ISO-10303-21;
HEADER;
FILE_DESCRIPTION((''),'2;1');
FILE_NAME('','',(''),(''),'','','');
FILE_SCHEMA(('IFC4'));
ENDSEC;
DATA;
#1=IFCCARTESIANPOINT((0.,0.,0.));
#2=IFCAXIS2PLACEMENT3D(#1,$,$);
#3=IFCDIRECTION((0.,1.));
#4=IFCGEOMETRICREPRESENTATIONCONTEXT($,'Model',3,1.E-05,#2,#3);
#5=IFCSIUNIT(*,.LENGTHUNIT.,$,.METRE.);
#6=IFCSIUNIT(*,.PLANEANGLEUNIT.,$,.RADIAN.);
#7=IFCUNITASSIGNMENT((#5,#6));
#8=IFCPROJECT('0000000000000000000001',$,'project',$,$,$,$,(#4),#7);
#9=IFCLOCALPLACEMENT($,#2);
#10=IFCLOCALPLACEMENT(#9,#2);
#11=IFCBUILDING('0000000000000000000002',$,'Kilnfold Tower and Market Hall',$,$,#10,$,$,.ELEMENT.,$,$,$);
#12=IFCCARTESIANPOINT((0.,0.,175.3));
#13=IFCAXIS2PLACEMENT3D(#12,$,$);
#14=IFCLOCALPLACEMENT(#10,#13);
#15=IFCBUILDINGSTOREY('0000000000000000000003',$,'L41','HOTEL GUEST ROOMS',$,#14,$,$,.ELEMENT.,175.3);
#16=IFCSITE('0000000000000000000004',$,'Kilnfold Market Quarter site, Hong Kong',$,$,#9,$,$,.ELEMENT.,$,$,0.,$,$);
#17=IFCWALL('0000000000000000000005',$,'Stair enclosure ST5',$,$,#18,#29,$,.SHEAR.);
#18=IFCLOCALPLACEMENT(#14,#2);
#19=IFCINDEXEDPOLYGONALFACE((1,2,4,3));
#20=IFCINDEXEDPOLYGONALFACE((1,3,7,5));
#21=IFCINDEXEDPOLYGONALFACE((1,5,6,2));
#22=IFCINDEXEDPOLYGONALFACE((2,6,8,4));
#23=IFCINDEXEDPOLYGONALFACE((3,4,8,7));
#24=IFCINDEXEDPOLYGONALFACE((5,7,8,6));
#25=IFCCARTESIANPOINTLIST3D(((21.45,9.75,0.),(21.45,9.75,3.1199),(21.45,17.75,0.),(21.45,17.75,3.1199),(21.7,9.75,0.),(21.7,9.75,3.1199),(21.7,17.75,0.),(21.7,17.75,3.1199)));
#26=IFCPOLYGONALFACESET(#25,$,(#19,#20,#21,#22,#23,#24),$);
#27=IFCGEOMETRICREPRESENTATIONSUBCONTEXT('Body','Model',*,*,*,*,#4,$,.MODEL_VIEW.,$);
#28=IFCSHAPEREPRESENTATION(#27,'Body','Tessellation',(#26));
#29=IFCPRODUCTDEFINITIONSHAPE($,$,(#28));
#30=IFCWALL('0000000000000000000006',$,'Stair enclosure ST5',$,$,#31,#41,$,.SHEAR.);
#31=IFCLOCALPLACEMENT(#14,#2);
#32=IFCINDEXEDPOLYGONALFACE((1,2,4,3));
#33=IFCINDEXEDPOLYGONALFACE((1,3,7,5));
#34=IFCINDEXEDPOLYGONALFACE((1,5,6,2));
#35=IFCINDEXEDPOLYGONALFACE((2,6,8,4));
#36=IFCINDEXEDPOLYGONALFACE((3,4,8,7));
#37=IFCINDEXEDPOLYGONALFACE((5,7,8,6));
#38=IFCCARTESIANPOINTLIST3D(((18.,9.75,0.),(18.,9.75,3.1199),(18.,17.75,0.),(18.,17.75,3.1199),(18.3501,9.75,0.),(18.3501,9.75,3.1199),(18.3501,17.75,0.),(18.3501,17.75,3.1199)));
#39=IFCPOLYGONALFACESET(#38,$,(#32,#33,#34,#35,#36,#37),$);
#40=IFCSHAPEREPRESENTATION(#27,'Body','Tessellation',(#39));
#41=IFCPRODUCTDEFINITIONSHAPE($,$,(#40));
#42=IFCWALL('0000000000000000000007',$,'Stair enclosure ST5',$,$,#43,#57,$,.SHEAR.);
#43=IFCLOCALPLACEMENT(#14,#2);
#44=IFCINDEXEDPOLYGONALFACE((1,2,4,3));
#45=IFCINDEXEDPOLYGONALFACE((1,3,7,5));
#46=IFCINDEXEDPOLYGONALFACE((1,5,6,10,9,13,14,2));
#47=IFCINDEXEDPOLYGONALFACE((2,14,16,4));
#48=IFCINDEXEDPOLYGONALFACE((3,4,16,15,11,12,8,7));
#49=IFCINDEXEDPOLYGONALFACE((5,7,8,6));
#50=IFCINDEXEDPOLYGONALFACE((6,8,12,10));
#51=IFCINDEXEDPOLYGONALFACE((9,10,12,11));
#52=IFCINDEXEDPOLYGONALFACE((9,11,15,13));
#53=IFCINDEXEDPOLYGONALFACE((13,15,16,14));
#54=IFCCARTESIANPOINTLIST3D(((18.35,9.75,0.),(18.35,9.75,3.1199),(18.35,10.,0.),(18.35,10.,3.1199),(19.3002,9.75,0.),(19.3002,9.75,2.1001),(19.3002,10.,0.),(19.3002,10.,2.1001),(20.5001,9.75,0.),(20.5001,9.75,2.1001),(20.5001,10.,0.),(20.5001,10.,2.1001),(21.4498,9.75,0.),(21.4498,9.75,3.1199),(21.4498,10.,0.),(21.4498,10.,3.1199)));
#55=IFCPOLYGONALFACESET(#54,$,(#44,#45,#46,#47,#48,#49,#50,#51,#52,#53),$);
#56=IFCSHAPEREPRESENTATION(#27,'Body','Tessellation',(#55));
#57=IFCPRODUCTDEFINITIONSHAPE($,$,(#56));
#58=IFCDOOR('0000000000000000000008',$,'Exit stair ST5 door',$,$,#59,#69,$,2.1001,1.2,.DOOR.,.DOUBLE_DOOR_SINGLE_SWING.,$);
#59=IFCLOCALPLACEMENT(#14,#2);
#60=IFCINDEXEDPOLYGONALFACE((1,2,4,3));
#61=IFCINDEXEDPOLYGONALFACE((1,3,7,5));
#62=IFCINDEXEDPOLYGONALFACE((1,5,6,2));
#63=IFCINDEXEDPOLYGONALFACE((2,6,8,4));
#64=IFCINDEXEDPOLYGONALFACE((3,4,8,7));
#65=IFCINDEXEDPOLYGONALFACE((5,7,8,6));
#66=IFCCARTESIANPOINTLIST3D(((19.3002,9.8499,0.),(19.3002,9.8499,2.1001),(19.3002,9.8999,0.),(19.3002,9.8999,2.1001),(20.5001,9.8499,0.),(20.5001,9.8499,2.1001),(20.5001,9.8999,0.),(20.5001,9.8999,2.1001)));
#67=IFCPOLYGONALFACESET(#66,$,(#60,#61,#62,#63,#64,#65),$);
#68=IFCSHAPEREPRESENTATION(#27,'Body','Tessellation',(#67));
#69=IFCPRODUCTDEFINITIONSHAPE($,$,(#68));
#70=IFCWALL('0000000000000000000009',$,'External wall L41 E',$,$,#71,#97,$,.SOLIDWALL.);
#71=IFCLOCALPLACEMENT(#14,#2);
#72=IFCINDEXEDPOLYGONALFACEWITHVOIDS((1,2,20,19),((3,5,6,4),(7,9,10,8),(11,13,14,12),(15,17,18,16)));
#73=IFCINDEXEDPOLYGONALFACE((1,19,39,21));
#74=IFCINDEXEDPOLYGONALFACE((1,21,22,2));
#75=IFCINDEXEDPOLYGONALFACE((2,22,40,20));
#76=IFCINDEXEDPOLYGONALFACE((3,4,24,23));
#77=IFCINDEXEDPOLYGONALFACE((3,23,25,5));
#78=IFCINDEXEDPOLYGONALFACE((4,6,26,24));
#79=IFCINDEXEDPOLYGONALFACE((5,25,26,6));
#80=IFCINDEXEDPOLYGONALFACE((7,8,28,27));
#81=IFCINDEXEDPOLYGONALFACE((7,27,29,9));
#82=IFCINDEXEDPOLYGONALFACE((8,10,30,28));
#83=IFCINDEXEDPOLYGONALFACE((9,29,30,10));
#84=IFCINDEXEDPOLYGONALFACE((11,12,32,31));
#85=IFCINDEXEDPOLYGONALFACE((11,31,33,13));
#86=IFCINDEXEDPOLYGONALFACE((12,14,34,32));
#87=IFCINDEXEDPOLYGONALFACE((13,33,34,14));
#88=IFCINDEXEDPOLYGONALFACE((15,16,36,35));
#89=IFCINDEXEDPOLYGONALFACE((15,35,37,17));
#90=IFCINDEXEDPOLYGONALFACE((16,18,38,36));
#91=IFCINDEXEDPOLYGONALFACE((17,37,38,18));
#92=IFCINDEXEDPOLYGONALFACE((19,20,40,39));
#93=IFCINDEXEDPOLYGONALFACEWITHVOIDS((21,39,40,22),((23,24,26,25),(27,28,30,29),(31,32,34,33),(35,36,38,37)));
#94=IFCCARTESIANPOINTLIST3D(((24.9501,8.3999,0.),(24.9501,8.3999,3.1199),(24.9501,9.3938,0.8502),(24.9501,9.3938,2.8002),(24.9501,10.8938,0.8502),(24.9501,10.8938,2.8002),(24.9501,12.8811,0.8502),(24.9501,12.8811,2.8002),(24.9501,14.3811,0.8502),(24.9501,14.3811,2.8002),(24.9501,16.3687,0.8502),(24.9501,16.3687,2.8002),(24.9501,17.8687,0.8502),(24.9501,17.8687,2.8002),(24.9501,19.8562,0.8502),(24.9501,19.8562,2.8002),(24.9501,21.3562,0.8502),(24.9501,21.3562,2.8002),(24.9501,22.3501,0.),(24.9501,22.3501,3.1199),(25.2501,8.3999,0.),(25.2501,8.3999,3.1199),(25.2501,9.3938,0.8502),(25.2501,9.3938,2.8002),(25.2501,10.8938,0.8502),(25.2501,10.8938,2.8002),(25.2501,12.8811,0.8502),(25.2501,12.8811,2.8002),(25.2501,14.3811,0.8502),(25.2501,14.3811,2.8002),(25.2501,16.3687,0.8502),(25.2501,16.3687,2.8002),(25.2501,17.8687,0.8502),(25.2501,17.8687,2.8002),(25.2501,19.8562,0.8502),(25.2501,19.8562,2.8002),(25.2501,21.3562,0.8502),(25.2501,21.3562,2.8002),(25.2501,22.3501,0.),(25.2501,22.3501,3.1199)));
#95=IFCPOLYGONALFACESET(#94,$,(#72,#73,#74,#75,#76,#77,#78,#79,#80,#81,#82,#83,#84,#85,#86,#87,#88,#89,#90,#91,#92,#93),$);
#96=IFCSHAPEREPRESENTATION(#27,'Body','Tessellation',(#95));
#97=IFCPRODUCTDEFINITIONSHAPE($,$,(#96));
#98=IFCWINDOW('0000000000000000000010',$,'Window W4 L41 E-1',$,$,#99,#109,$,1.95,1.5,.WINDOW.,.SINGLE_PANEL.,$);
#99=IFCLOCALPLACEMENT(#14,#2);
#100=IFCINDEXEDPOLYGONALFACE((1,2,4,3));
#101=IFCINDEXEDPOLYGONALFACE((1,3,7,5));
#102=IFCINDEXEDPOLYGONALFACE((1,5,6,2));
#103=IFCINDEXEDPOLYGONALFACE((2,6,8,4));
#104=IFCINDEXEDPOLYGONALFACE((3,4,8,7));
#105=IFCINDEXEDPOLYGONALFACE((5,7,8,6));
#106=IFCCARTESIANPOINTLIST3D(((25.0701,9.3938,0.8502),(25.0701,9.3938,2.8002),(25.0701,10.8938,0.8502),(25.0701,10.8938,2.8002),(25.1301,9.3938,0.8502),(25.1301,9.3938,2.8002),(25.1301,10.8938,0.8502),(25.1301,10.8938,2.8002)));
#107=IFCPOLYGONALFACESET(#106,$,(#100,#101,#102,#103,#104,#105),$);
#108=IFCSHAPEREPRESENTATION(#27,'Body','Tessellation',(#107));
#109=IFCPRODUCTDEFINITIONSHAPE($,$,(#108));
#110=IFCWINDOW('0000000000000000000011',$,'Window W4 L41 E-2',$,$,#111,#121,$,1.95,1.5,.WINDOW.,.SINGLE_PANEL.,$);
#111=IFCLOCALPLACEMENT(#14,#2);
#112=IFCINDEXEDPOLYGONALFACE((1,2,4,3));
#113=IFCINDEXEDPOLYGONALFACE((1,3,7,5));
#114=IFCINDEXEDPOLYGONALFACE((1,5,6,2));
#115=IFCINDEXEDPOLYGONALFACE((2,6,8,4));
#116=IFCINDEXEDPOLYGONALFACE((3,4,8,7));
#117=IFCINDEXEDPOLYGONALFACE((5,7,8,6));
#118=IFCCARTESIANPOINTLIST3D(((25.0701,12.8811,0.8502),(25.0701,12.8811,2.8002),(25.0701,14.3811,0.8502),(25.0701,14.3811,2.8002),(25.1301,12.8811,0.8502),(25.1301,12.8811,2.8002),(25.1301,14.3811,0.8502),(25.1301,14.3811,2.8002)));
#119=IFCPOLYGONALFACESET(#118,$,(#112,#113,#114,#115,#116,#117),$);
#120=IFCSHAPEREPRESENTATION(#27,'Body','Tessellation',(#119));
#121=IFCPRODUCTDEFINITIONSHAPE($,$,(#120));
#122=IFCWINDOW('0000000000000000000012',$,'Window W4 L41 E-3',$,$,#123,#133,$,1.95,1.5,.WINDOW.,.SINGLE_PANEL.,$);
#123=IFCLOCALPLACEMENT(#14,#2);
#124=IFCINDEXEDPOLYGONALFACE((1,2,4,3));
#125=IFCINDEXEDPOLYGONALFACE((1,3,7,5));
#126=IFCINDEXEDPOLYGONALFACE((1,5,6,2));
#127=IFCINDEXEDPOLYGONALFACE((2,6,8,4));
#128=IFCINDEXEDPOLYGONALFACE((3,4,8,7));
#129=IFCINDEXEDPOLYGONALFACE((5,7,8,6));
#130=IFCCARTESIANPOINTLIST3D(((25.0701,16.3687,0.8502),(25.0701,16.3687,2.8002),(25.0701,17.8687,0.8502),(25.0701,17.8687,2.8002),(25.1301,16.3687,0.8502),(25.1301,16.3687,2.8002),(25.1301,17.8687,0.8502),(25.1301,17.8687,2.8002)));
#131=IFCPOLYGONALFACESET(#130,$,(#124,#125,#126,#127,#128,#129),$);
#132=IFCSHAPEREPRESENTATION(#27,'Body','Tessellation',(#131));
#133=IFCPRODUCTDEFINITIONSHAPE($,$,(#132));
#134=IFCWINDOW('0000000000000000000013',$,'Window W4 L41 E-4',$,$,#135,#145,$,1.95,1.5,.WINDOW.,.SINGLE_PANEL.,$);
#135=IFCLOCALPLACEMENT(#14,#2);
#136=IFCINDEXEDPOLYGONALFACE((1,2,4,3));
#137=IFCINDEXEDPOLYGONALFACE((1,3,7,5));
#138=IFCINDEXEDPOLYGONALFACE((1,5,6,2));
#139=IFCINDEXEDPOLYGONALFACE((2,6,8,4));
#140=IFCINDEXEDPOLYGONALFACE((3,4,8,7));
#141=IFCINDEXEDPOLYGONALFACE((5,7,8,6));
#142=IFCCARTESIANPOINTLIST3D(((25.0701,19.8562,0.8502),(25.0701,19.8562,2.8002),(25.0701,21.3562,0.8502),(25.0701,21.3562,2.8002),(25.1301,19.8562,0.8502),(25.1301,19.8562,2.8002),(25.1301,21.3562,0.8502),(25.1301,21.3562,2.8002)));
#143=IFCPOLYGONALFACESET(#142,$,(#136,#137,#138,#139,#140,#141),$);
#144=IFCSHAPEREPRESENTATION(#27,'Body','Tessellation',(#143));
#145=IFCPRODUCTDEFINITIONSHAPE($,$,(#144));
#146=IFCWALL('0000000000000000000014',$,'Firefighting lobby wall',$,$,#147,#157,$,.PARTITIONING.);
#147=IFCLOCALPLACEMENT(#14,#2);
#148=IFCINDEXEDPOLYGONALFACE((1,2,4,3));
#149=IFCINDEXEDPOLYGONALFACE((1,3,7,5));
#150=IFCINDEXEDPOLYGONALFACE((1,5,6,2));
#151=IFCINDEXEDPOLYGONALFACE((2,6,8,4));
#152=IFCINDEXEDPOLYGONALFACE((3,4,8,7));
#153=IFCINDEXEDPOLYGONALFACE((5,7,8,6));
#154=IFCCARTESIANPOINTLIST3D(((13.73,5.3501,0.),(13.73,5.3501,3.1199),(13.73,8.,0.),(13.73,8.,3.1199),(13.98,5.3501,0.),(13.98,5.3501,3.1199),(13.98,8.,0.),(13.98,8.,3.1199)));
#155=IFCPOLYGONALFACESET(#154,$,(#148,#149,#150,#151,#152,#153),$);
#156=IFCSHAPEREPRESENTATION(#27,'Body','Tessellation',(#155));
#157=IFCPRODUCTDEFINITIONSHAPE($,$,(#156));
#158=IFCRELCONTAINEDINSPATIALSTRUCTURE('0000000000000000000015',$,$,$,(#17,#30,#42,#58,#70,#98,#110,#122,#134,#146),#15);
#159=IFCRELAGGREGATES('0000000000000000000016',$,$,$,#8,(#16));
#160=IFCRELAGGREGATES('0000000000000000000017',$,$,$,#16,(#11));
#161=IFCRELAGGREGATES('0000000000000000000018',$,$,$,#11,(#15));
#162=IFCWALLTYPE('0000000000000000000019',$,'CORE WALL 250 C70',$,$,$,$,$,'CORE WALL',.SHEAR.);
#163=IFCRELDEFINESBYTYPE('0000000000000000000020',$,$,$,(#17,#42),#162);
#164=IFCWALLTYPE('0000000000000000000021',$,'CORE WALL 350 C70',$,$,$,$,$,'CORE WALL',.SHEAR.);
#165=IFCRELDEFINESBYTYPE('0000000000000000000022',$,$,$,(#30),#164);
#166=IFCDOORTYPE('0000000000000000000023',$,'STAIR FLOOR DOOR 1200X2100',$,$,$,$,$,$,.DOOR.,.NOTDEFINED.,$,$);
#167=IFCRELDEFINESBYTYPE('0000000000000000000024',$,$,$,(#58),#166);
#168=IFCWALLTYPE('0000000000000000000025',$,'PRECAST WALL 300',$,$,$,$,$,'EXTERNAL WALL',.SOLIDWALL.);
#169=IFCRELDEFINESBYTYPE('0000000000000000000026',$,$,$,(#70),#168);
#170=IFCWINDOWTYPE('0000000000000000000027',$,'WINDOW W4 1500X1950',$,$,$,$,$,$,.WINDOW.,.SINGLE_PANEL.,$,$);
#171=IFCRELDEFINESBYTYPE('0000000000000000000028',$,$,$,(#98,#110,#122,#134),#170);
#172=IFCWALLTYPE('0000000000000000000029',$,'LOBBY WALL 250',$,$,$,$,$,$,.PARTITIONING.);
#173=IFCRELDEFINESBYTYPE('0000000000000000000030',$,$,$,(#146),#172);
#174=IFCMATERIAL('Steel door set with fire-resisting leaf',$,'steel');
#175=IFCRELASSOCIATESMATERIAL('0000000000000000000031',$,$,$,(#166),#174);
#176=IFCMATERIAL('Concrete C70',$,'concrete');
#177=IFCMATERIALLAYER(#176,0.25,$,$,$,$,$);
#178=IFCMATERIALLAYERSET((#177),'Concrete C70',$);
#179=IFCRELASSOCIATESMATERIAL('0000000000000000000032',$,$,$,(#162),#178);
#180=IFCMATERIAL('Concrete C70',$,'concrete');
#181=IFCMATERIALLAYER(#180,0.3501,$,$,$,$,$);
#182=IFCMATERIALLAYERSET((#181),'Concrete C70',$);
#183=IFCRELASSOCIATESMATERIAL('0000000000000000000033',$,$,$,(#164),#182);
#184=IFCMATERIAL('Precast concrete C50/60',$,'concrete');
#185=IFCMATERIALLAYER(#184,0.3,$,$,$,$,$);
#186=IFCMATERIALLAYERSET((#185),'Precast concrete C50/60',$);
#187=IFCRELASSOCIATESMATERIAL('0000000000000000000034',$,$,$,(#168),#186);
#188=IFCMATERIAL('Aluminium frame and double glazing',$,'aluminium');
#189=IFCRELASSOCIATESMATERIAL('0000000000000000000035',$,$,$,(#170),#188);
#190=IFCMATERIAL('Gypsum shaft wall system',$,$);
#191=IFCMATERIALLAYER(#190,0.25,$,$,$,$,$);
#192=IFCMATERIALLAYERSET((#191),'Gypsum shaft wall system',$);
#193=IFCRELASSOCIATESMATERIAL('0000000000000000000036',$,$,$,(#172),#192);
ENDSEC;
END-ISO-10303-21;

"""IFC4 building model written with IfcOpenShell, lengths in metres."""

from ifc_helpers import new_model, si_unit, direction, frame, frame_2d, origin, place, context, subcontext, project, spatial, rectangle, extrude, source, transform, mapped, material, layer, layer_set, type_object, element, fill, save


model = new_model("IFC4")

# Units and contexts
model_context = context("Model", 3, precision=1e-05, world=origin(), true_north=direction((0.0, 1.0)))
body_context = subcontext(model_context, "Body", "Model", "MODEL_VIEW")
ifc_project = project(units=[si_unit("LENGTHUNIT", "METRE"), si_unit("PLANEANGLEUNIT", "RADIAN")], contexts=[model_context])

# Site, building, storey
site_placement = place(None, origin())
site = spatial("IfcSite", under=ifc_project, at=site_placement, Name="Kilnfold Market Quarter site, Hong Kong", CompositionType="ELEMENT", RefElevation=0.0)
building_placement = place(site_placement, origin())
building = spatial("IfcBuilding", under=site, at=building_placement, Name="Kilnfold Tower and Market Hall", CompositionType="ELEMENT")
storey_placement = place(building_placement, frame((0.0, 0.0, 175.3)))
storey = spatial("IfcBuildingStorey", under=building, at=storey_placement, Name="L41", Description="HOTEL GUEST ROOMS", CompositionType="ELEMENT", Elevation=175.3)

# Shared definitions
ifc_material_1 = material(Name="Steel door set with fire-resisting leaf", Category="steel")
door_type_1 = type_object("IfcDoorType", Name="STAIR FLOOR DOOR 1200X2100", OperationType="NOTDEFINED", PredefinedType="DOOR", material=ifc_material_1)

# Walls
ifc_material_2 = material(Name="Concrete C70", Category="concrete")
ifc_layer_1 = layer(ifc_material_2, 0.25)
ifc_layer_set_1 = layer_set([ifc_layer_1], Name="Concrete C70")
wall_type_1 = type_object("IfcWallType", Name="CORE WALL 250 C70", ElementType="CORE WALL", PredefinedType="SHEAR", material=ifc_layer_set_1)
shared_shape_1 = source(origin(), body_context, "Body", "SweptSolid", [
    extrude(rectangle(XDim=8.0, YDim=0.25, at=frame_2d((4.0, 0.0))), origin(), (0.0, 0.0, 1.0), 3.1199),
])
wall_1_placement = place(storey_placement, frame((21.575, 9.75, 0.0), z_axis=(0.0, 0.0, 1.0), x_axis=(0.0, 1.0, 0.0)))
element("IfcWall", 1, at=wall_1_placement, inside=storey, type_object=wall_type_1, Name="Stair enclosure ST5", PredefinedType="SHEAR", context=body_context, shape_type="MappedRepresentation", body=[
    mapped(shared_shape_1, transform((0.0, 0.0, 0.0))),
])
ifc_material_3 = material(Name="Concrete C70", Category="concrete")
ifc_layer_2 = layer(ifc_material_3, 0.3501)
ifc_layer_set_2 = layer_set([ifc_layer_2], Name="Concrete C70")
wall_type_2 = type_object("IfcWallType", Name="CORE WALL 350 C70", ElementType="CORE WALL", PredefinedType="SHEAR", material=ifc_layer_set_2)
shared_shape_2 = source(origin(), body_context, "Body", "SweptSolid", [
    extrude(rectangle(XDim=8.0, YDim=0.3501, at=frame_2d((4.0, 0.0))), origin(), (0.0, 0.0, 1.0), 3.1199),
])
wall_2_placement = place(storey_placement, frame((18.175, 9.75, 0.0), z_axis=(0.0, 0.0, 1.0), x_axis=(0.0, 1.0, 0.0)))
element("IfcWall", 2, at=wall_2_placement, inside=storey, type_object=wall_type_2, Name="Stair enclosure ST5", PredefinedType="SHEAR", context=body_context, shape_type="MappedRepresentation", body=[
    mapped(shared_shape_2, transform((0.0, 0.0, 0.0))),
])

# Wall, opening, door
shared_shape_3 = source(origin(), body_context, "Body", "SweptSolid", [
    extrude(rectangle(XDim=3.0999, YDim=0.25, at=frame_2d((1.5498, 0.0))), origin(), (0.0, 0.0, 1.0), 3.1199),
])
wall_3_placement = place(storey_placement, frame((18.3501, 9.875, 0.0), z_axis=(0.0, 0.0, 1.0), x_axis=(1.0, 0.0, 0.0)))
wall_3 = element("IfcWall", 3, at=wall_3_placement, inside=storey, type_object=wall_type_1, Name="Stair enclosure ST5", PredefinedType="SHEAR", context=body_context, shape_type="MappedRepresentation", body=[
    mapped(shared_shape_3, transform((0.0, 0.0, 0.0))),
])
opening_1_placement = place(wall_3_placement, frame((0.95, 0.0, 0.0)))
opening_1 = element("IfcOpeningElement", 4, at=opening_1_placement, cuts=wall_3, PredefinedType="OPENING", context=body_context, shape_type="SweptSolid", body=[
    extrude(rectangle(XDim=1.2, YDim=2.1001, at=frame_2d((0.6001, 1.05))), frame((0.0, 0.135, 0.0), z_axis=(0.0, -1.0, 0.0), x_axis=(1.0, 0.0, 0.0)), (0.0, 0.0, 1.0), 0.27),
])
door_1_placement = place(opening_1_placement, origin())
door_1 = element("IfcDoor", 5, at=door_1_placement, inside=storey, type_object=door_type_1, Name="Exit stair ST5 door", OperationType="DOUBLE_DOOR_SINGLE_SWING", OverallHeight=2.1001, OverallWidth=1.2, PredefinedType="DOOR", context=body_context, shape_type="SweptSolid", body=[
    extrude(rectangle(XDim=1.2, YDim=2.1001, at=frame_2d((0.6001, 1.05))), frame((0.0, 0.0249, 0.0), z_axis=(0.0, -1.0, 0.0), x_axis=(1.0, 0.0, 0.0)), (0.0, 0.0, 1.0), 0.05),
])
fill(opening_1, door_1)

# Wall, openings, windows
ifc_material_4 = material(Name="Precast concrete C50/60", Category="concrete")
ifc_layer_3 = layer(ifc_material_4, 0.3)
ifc_layer_set_3 = layer_set([ifc_layer_3], Name="Precast concrete C50/60")
wall_type_3 = type_object("IfcWallType", Name="PRECAST WALL 300", ElementType="EXTERNAL WALL", PredefinedType="SOLIDWALL", material=ifc_layer_set_3)
shared_shape_4 = source(origin(), body_context, "Body", "SweptSolid", [
    extrude(rectangle(XDim=13.9502, YDim=0.3, at=frame_2d((6.9751, 0.0))), origin(), (0.0, 0.0, 1.0), 3.1199),
])
wall_4_placement = place(storey_placement, frame((25.1001, 8.3999, 0.0), z_axis=(0.0, 0.0, 1.0), x_axis=(0.0, 1.0, 0.0)))
wall_4 = element("IfcWall", 6, at=wall_4_placement, inside=storey, type_object=wall_type_3, Name="External wall L41 E", PredefinedType="SOLIDWALL", context=body_context, shape_type="MappedRepresentation", body=[
    mapped(shared_shape_4, transform((0.0, 0.0, 0.0))),
])
opening_2_placement = place(wall_4_placement, frame((0.9939, 0.0, 0.8501)))
opening_2 = element("IfcOpeningElement", 7, at=opening_2_placement, cuts=wall_4, PredefinedType="OPENING", context=body_context, shape_type="SweptSolid", body=[
    extrude(rectangle(XDim=1.5, YDim=1.95, at=frame_2d((0.75, 0.9751))), frame((0.0, 0.1602, 0.0), z_axis=(0.0, -1.0, 0.0), x_axis=(1.0, 0.0, 0.0)), (0.0, 0.0, 1.0), 0.3201),
])
opening_3_placement = place(wall_4_placement, frame((4.4812, 0.0, 0.8501)))
opening_3 = element("IfcOpeningElement", 8, at=opening_3_placement, cuts=wall_4, PredefinedType="OPENING", context=body_context, shape_type="SweptSolid", body=[
    extrude(rectangle(XDim=1.5, YDim=1.95, at=frame_2d((0.75, 0.9751))), frame((0.0, 0.1602, 0.0), z_axis=(0.0, -1.0, 0.0), x_axis=(1.0, 0.0, 0.0)), (0.0, 0.0, 1.0), 0.3201),
])
opening_4_placement = place(wall_4_placement, frame((7.9688, 0.0, 0.8501)))
opening_4 = element("IfcOpeningElement", 9, at=opening_4_placement, cuts=wall_4, PredefinedType="OPENING", context=body_context, shape_type="SweptSolid", body=[
    extrude(rectangle(XDim=1.5, YDim=1.95, at=frame_2d((0.75, 0.9751))), frame((0.0, 0.1602, 0.0), z_axis=(0.0, -1.0, 0.0), x_axis=(1.0, 0.0, 0.0)), (0.0, 0.0, 1.0), 0.3201),
])
opening_5_placement = place(wall_4_placement, frame((11.4563, 0.0, 0.8501)))
opening_5 = element("IfcOpeningElement", 10, at=opening_5_placement, cuts=wall_4, PredefinedType="OPENING", context=body_context, shape_type="SweptSolid", body=[
    extrude(rectangle(XDim=1.5, YDim=1.95, at=frame_2d((0.75, 0.9751))), frame((0.0, 0.1602, 0.0), z_axis=(0.0, -1.0, 0.0), x_axis=(1.0, 0.0, 0.0)), (0.0, 0.0, 1.0), 0.3201),
])
ifc_material_5 = material(Name="Aluminium frame and double glazing", Category="aluminium")
window_type = type_object("IfcWindowType", Name="WINDOW W4 1500X1950", PartitioningType="SINGLE_PANEL", PredefinedType="WINDOW", material=ifc_material_5)
window_1_placement = place(opening_2_placement, origin())
window_1 = element("IfcWindow", 11, at=window_1_placement, inside=storey, type_object=window_type, Name="Window W4 L41 E-1", OverallHeight=1.95, OverallWidth=1.5, PartitioningType="SINGLE_PANEL", PredefinedType="WINDOW", context=body_context, shape_type="SweptSolid", body=[
    extrude(rectangle(XDim=1.5, YDim=1.95, at=frame_2d((0.75, 0.9751))), frame((0.0, 0.03, 0.0), z_axis=(0.0, -1.0, 0.0), x_axis=(1.0, 0.0, 0.0)), (0.0, 0.0, 1.0), 0.0601),
])
fill(opening_2, window_1)
window_2_placement = place(opening_3_placement, origin())
window_2 = element("IfcWindow", 12, at=window_2_placement, inside=storey, type_object=window_type, Name="Window W4 L41 E-2", OverallHeight=1.95, OverallWidth=1.5, PartitioningType="SINGLE_PANEL", PredefinedType="WINDOW", context=body_context, shape_type="SweptSolid", body=[
    extrude(rectangle(XDim=1.5, YDim=1.95, at=frame_2d((0.75, 0.9751))), frame((0.0, 0.03, 0.0), z_axis=(0.0, -1.0, 0.0), x_axis=(1.0, 0.0, 0.0)), (0.0, 0.0, 1.0), 0.0601),
])
fill(opening_3, window_2)
window_3_placement = place(opening_4_placement, origin())
window_3 = element("IfcWindow", 13, at=window_3_placement, inside=storey, type_object=window_type, Name="Window W4 L41 E-3", OverallHeight=1.95, OverallWidth=1.5, PartitioningType="SINGLE_PANEL", PredefinedType="WINDOW", context=body_context, shape_type="SweptSolid", body=[
    extrude(rectangle(XDim=1.5, YDim=1.95, at=frame_2d((0.75, 0.9751))), frame((0.0, 0.03, 0.0), z_axis=(0.0, -1.0, 0.0), x_axis=(1.0, 0.0, 0.0)), (0.0, 0.0, 1.0), 0.0601),
])
fill(opening_4, window_3)
window_4_placement = place(opening_5_placement, origin())
window_4 = element("IfcWindow", 14, at=window_4_placement, inside=storey, type_object=window_type, Name="Window W4 L41 E-4", OverallHeight=1.95, OverallWidth=1.5, PartitioningType="SINGLE_PANEL", PredefinedType="WINDOW", context=body_context, shape_type="SweptSolid", body=[
    extrude(rectangle(XDim=1.5, YDim=1.95, at=frame_2d((0.75, 0.9751))), frame((0.0, 0.03, 0.0), z_axis=(0.0, -1.0, 0.0), x_axis=(1.0, 0.0, 0.0)), (0.0, 0.0, 1.0), 0.0601),
])
fill(opening_5, window_4)

# Wall
ifc_material_6 = material(Name="Gypsum shaft wall system")
ifc_layer_4 = layer(ifc_material_6, 0.25)
ifc_layer_set_4 = layer_set([ifc_layer_4], Name="Gypsum shaft wall system")
wall_type_4 = type_object("IfcWallType", Name="LOBBY WALL 250", PredefinedType="PARTITIONING", material=ifc_layer_set_4)
shared_shape_5 = source(origin(), body_context, "Body", "SweptSolid", [
    extrude(rectangle(XDim=2.6499, YDim=0.25, at=frame_2d((1.325, 0.0))), origin(), (0.0, 0.0, 1.0), 3.1199),
])
wall_5_placement = place(storey_placement, frame((13.855, 5.3501, 0.0), z_axis=(0.0, 0.0, 1.0), x_axis=(0.0, 1.0, 0.0)))
element("IfcWall", 15, at=wall_5_placement, inside=storey, type_object=wall_type_4, Name="Firefighting lobby wall", PredefinedType="PARTITIONING", context=body_context, shape_type="MappedRepresentation", body=[
    mapped(shared_shape_5, transform((0.0, 0.0, 0.0))),
])

save(model, "model.ifc")
